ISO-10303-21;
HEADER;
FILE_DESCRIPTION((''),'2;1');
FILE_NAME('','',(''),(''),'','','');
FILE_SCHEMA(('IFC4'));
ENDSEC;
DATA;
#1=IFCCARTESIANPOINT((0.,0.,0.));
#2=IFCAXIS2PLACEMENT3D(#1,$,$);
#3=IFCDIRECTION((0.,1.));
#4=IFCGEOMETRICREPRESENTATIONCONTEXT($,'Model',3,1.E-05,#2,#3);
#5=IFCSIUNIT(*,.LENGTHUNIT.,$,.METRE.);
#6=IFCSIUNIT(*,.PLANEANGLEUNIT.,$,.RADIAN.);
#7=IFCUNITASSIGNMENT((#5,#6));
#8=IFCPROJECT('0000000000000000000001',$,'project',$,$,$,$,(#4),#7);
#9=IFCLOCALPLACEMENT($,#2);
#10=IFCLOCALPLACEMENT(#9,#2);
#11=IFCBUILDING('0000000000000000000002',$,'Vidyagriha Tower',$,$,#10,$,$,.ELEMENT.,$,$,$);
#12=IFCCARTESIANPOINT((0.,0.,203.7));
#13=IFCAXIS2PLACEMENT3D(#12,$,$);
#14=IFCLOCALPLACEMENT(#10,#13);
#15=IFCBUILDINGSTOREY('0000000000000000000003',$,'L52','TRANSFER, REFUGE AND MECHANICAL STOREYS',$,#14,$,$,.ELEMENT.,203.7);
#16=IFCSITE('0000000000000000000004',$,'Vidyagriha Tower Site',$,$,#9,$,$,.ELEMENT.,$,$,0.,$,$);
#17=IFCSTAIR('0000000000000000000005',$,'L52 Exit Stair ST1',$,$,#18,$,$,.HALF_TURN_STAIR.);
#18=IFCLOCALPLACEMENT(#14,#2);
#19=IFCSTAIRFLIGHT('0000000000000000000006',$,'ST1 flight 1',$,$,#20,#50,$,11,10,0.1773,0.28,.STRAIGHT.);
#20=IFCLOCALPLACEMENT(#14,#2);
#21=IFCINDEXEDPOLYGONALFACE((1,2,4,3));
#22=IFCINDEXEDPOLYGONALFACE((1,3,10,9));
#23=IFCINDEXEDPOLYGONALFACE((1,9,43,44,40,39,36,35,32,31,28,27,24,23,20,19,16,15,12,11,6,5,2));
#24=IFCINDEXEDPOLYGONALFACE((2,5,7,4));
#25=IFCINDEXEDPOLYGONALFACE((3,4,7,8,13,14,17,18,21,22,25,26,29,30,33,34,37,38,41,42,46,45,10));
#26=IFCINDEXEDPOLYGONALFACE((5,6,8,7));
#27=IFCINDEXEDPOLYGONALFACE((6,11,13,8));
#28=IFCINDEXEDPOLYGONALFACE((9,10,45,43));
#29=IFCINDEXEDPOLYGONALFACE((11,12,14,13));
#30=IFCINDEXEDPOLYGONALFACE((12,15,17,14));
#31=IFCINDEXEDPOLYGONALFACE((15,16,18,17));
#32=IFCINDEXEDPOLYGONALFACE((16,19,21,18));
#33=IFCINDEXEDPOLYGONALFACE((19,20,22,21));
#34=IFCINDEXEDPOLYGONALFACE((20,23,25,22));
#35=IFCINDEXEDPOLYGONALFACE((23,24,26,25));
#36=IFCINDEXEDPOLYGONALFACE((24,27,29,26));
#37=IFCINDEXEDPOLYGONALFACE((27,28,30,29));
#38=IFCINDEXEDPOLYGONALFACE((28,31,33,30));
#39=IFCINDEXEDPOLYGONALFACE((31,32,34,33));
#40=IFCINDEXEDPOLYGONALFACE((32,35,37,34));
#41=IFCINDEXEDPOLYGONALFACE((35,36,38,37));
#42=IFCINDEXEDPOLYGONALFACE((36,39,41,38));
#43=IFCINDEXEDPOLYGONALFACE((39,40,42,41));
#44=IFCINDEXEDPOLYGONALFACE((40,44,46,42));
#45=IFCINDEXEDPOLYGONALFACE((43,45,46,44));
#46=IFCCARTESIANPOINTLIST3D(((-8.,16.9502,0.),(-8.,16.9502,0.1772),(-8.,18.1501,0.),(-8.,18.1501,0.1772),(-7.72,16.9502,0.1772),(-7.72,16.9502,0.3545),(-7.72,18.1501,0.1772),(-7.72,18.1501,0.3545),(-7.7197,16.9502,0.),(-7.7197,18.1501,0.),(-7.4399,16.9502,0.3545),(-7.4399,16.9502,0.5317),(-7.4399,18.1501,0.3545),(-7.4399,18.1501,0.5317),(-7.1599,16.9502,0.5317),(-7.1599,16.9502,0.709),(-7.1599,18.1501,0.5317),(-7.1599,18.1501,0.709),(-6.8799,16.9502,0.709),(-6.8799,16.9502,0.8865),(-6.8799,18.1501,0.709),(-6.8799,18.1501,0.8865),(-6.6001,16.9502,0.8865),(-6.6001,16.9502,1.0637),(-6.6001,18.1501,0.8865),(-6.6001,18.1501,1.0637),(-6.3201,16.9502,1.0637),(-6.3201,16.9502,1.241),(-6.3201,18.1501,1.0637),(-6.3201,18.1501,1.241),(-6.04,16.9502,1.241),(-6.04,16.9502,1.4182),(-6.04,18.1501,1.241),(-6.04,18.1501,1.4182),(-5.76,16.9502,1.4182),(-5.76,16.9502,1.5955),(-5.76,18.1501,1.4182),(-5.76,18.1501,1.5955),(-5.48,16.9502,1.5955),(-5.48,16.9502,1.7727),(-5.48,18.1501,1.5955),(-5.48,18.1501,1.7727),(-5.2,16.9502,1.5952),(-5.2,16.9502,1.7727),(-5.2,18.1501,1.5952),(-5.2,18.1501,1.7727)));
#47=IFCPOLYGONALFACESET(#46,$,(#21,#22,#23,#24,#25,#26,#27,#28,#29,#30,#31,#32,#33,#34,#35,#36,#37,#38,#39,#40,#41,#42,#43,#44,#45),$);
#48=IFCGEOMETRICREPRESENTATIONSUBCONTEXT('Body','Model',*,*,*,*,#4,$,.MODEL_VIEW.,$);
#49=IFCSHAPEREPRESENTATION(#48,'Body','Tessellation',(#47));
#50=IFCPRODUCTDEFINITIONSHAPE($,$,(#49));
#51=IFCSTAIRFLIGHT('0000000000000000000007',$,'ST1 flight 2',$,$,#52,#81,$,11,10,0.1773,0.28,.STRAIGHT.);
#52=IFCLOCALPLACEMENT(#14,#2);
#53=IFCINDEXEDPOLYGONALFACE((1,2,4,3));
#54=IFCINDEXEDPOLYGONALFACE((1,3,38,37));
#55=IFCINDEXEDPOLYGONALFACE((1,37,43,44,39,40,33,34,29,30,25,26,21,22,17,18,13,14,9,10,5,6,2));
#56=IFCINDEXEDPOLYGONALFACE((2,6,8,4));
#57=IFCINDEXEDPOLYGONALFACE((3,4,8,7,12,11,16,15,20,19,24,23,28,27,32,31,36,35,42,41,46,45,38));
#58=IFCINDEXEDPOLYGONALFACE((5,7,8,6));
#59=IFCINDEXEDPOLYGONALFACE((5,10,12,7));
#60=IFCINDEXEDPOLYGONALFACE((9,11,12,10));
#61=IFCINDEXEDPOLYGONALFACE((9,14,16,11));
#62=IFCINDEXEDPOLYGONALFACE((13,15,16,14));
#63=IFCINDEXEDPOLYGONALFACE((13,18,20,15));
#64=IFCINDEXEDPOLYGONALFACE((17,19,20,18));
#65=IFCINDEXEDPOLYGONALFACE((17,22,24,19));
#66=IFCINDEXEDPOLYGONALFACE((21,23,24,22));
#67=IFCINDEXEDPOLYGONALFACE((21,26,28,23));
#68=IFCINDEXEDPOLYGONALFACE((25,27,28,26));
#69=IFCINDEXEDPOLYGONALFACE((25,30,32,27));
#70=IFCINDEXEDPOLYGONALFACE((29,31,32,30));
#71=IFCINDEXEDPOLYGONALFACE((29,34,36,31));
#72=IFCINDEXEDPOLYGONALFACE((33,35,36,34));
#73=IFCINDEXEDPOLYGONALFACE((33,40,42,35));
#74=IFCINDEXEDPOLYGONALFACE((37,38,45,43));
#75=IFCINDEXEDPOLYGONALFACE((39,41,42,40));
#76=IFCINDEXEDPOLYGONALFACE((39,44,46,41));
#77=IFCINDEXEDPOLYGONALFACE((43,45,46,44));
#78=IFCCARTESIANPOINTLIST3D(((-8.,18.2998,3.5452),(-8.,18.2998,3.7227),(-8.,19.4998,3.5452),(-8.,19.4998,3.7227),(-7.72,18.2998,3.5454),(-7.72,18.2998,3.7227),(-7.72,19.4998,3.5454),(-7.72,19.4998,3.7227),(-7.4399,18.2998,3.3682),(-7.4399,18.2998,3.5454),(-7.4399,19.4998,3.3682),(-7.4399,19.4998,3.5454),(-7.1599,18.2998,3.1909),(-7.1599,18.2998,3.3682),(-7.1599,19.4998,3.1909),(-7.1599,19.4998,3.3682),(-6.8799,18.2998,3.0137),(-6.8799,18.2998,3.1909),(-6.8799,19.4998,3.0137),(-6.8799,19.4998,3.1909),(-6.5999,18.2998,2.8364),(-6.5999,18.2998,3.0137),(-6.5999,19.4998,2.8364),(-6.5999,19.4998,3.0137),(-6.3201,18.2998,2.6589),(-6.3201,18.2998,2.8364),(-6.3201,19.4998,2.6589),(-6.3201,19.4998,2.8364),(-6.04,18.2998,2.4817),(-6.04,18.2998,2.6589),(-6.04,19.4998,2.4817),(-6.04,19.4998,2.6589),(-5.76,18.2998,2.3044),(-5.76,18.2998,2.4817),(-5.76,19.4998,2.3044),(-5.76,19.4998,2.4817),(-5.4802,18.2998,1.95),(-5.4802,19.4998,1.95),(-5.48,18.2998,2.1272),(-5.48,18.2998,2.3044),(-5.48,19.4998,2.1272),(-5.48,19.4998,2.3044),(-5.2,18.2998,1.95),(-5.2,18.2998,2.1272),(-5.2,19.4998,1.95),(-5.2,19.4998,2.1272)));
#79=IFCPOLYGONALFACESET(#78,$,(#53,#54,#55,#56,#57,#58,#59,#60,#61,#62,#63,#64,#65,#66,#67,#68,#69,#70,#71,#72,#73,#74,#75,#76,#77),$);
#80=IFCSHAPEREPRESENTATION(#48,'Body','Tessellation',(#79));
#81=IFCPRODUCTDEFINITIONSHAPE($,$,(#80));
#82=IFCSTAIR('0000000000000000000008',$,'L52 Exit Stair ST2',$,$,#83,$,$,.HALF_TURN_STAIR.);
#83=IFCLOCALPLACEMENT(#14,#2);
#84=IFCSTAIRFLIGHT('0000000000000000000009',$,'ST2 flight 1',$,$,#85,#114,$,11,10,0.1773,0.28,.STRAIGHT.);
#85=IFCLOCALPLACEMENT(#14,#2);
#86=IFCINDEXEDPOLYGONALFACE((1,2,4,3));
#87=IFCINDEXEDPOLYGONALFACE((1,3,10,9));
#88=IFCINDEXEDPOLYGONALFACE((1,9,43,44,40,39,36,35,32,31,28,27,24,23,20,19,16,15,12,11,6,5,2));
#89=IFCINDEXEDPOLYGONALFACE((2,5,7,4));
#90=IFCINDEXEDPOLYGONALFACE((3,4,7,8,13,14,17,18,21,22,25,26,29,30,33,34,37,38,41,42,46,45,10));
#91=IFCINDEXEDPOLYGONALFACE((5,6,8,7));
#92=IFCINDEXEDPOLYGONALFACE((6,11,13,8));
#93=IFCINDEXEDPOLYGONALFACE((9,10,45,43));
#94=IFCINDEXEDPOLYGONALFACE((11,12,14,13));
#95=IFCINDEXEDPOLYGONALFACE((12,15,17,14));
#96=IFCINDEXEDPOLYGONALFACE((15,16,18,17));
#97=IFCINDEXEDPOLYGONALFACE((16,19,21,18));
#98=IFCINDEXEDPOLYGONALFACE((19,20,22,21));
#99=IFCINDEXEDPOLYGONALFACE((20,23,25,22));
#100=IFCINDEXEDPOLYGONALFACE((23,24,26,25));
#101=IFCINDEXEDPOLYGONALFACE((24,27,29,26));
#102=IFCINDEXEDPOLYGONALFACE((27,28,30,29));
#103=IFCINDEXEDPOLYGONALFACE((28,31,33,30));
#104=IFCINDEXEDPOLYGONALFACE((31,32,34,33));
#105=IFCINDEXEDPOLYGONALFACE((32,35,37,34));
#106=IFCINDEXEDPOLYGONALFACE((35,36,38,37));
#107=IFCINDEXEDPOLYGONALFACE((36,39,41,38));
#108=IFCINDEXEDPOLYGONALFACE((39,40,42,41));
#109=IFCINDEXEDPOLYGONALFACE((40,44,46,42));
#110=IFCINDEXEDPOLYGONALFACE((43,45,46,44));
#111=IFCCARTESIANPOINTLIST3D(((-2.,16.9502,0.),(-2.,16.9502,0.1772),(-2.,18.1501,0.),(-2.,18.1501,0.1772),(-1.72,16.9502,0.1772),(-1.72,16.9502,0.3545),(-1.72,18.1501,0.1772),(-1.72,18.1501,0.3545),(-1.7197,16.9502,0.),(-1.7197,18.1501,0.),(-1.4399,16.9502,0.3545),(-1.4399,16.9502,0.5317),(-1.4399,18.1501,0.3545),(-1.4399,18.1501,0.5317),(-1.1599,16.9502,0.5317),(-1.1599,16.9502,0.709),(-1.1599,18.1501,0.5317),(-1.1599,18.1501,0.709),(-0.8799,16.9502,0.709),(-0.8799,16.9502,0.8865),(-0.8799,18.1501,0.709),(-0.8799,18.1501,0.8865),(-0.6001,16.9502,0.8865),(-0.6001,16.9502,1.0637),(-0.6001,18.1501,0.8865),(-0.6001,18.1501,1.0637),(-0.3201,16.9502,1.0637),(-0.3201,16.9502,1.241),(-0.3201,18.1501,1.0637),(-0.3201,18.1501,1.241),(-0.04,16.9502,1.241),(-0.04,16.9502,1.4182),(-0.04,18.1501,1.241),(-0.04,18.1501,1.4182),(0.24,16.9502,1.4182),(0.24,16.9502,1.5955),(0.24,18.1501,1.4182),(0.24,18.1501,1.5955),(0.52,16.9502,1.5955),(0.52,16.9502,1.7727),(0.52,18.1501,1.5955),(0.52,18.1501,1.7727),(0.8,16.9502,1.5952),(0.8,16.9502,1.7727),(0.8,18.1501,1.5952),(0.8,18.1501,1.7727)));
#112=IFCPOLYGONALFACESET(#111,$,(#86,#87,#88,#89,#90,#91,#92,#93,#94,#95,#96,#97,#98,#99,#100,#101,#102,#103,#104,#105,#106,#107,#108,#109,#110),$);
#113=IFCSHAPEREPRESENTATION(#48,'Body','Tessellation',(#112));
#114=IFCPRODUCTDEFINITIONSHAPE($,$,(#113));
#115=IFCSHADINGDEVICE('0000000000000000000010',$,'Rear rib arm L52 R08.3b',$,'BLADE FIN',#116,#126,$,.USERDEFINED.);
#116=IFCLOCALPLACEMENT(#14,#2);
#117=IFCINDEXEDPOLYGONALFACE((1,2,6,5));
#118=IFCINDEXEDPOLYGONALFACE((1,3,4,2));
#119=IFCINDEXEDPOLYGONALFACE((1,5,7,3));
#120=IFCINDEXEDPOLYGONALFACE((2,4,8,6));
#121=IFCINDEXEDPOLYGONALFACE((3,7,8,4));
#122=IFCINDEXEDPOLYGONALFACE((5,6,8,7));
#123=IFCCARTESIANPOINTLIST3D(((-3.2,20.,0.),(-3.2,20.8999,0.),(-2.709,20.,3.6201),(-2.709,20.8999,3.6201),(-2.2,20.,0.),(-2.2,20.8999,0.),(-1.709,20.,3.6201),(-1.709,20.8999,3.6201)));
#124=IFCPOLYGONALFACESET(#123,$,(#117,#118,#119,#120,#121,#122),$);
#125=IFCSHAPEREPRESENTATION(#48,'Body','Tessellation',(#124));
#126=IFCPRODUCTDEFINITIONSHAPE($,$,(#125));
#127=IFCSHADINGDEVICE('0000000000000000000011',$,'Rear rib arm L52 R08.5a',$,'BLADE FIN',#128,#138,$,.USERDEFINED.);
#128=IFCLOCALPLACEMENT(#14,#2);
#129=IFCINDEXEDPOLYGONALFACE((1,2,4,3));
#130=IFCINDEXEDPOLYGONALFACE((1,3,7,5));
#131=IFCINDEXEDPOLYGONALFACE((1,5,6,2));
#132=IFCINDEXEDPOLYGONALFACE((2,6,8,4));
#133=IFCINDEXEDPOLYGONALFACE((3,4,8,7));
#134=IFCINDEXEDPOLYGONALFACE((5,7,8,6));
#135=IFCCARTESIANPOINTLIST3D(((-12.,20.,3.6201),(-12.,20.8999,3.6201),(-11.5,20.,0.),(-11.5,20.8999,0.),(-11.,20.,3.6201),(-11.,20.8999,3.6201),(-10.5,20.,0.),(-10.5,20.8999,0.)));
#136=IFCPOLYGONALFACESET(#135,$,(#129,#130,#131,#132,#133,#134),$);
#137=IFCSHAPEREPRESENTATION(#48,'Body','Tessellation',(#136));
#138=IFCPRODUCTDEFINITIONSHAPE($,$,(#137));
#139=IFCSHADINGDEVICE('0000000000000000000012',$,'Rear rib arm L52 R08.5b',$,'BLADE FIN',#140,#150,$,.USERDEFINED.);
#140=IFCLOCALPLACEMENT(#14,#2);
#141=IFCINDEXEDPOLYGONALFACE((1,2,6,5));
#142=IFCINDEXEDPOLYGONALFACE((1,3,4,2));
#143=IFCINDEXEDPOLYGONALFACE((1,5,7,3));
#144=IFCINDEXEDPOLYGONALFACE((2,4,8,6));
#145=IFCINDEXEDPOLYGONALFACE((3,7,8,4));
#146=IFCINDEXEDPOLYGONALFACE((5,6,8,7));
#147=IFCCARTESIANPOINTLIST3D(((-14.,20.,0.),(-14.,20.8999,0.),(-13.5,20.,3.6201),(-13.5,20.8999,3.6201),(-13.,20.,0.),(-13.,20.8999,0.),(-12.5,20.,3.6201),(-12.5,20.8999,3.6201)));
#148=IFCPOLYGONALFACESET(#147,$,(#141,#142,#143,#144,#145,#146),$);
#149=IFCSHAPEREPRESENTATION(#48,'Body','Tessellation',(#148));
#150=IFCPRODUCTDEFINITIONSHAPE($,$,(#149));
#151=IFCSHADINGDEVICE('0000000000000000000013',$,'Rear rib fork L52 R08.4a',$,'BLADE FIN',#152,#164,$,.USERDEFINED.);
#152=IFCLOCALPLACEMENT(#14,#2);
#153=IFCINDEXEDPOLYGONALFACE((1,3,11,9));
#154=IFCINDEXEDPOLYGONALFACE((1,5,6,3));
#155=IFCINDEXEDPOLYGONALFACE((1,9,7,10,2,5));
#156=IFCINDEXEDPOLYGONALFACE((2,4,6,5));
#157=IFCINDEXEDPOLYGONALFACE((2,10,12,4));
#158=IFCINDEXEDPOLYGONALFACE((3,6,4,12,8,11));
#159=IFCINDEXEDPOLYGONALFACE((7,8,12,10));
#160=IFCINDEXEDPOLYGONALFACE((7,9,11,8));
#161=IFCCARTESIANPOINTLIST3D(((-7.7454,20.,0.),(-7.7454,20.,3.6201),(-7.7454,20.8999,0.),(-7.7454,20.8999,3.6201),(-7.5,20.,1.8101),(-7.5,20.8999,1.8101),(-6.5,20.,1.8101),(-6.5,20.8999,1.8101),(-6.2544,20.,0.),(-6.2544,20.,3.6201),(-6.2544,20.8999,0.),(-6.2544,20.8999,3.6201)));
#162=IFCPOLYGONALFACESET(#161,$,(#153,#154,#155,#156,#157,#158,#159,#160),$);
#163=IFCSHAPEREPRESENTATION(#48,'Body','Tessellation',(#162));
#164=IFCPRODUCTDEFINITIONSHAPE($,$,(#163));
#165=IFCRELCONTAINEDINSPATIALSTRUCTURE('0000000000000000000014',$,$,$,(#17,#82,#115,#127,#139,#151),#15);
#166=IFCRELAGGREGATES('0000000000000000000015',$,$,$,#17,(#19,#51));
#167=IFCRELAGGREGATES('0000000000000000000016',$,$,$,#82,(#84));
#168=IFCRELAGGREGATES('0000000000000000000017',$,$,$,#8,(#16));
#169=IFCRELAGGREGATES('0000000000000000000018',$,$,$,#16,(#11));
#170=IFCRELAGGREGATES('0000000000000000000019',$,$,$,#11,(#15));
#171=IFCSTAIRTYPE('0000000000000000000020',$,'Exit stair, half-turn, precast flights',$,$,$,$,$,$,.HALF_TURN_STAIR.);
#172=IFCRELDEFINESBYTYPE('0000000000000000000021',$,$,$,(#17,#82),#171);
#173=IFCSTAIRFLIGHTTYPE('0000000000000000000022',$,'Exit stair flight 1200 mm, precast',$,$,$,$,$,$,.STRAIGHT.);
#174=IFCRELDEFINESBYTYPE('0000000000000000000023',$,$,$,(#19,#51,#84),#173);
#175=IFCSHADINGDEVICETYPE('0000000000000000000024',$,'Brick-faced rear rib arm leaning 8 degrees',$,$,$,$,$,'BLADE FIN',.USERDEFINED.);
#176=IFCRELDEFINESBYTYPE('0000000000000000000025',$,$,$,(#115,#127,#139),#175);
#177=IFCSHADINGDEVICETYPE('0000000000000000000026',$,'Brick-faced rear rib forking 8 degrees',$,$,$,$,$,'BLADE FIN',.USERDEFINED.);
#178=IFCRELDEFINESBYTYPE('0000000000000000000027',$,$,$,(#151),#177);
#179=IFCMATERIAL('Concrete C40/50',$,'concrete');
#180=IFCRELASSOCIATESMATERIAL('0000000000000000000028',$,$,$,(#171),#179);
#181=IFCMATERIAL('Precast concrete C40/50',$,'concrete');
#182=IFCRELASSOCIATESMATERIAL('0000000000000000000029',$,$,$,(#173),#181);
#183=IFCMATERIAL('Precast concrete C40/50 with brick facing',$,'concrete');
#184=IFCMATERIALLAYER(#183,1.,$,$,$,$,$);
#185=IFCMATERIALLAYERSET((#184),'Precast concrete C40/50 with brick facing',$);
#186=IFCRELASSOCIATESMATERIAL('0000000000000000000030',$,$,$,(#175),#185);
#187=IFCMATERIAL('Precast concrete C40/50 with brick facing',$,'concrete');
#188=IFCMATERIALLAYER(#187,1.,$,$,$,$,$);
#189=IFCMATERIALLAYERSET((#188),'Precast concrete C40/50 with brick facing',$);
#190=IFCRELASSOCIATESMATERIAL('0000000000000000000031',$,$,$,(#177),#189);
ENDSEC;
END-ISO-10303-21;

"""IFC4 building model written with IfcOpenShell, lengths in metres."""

from ifc_helpers import new_model, si_unit, direction, frame, origin, place, context, subcontext, project, spatial, polyline, outline, extrude, material, layer, layer_set, type_object, element, aggregate, save


model = new_model("IFC4")

# Units and contexts
model_context = context("Model", 3, precision=1e-05, world=origin(), true_north=direction((0.0, 1.0)))
body_context = subcontext(model_context, "Body", "Model", "MODEL_VIEW")
ifc_project = project(units=[si_unit("LENGTHUNIT", "METRE"), si_unit("PLANEANGLEUNIT", "RADIAN")], contexts=[model_context])

# Site, building, storey
site_placement = place(None, origin())
site = spatial("IfcSite", under=ifc_project, at=site_placement, Name="Vidyagriha Tower Site", CompositionType="ELEMENT", RefElevation=0.0)
building_placement = place(site_placement, origin())
building = spatial("IfcBuilding", under=site, at=building_placement, Name="Vidyagriha Tower", CompositionType="ELEMENT")
storey_placement = place(building_placement, frame((0.0, 0.0, 203.7)))
storey = spatial("IfcBuildingStorey", under=building, at=storey_placement, Name="L52", Description="TRANSFER, REFUGE AND MECHANICAL STOREYS", CompositionType="ELEMENT", Elevation=203.7)

# Stair, stair flights
ifc_material_1 = material(Name="Concrete C40/50", Category="concrete")
stair_type = type_object("IfcStairType", Name="Exit stair, half-turn, precast flights", PredefinedType="HALF_TURN_STAIR", material=ifc_material_1)
stair_1_placement = place(storey_placement, origin())
stair_1 = element("IfcStair", 1, at=stair_1_placement, inside=storey, type_object=stair_type, Name="L52 Exit Stair ST1", PredefinedType="HALF_TURN_STAIR")
ifc_material_2 = material(Name="Precast concrete C40/50", Category="concrete")
stair_flight_type = type_object("IfcStairFlightType", Name="Exit stair flight 1200 mm, precast", PredefinedType="STRAIGHT", material=ifc_material_2)
stair_flight_1_placement = place(storey_placement, frame((-8.0, 17.55, 0.0)))
stair_flight_1 = element("IfcStairFlight", 2, at=stair_flight_1_placement, type_object=stair_flight_type, Name="ST1 flight 1", NumberOfRisers=11, NumberOfTreads=10, PredefinedType="STRAIGHT", RiserHeight=0.1773, TreadLength=0.28, context=body_context, shape_type="SweptSolid", body=[
    extrude(outline(polyline([(0.0, 0.0), (0.0, 0.1772), (0.28, 0.1772), (0.28, 0.3545), (0.5601, 0.3545), (0.5601, 0.5317), (0.8401, 0.5317), (0.8401, 0.709), (1.1201, 0.709), (1.1201, 0.8865), (1.3999, 0.8865), (1.3999, 1.0637), (1.6799, 1.0637), (1.6799, 1.241), (1.96, 1.241), (1.96, 1.4182), (2.24, 1.4182), (2.24, 1.5955), (2.52, 1.5955), (2.52, 1.7727), (2.8, 1.7727), (2.8, 1.95), (2.8, 1.5952), (0.2803, 0.0), (0.0, 0.0)])), frame((0.0, 0.6001, 0.0), z_axis=(0.0, -1.0, 0.0), x_axis=(1.0, 0.0, 0.0)), (0.0, 0.0, 1.0), 1.2),
])
stair_flight_2_placement = place(storey_placement, frame((-5.2, 18.8999, 1.95), z_axis=(0.0, 0.0, 1.0), x_axis=(-1.0, 0.0, 0.0)))
stair_flight_2 = element("IfcStairFlight", 3, at=stair_flight_2_placement, type_object=stair_flight_type, Name="ST1 flight 2", NumberOfRisers=11, NumberOfTreads=10, PredefinedType="STRAIGHT", RiserHeight=0.1773, TreadLength=0.28, context=body_context, shape_type="SweptSolid", body=[
    extrude(outline(polyline([(0.0, 0.0), (0.0, 0.1772), (0.28, 0.1772), (0.28, 0.3545), (0.5601, 0.3545), (0.5601, 0.5317), (0.8401, 0.5317), (0.8401, 0.709), (1.1201, 0.709), (1.1201, 0.8865), (1.3999, 0.8865), (1.3999, 1.0637), (1.6799, 1.0637), (1.6799, 1.241), (1.96, 1.241), (1.96, 1.4182), (2.24, 1.4182), (2.24, 1.5955), (2.52, 1.5955), (2.52, 1.7727), (2.8, 1.7727), (2.8, 1.95), (2.8, 1.5952), (0.2803, 0.0), (0.0, 0.0)])), frame((0.0, 0.6001, 0.0), z_axis=(0.0, -1.0, 0.0), x_axis=(1.0, 0.0, 0.0)), (0.0, 0.0, 1.0), 1.2),
])
aggregate(stair_1, [stair_flight_1, stair_flight_2])

# Stair, stair flight
stair_2_placement = place(storey_placement, origin())
stair_2 = element("IfcStair", 4, at=stair_2_placement, inside=storey, type_object=stair_type, Name="L52 Exit Stair ST2", PredefinedType="HALF_TURN_STAIR")
stair_flight_3_placement = place(storey_placement, frame((-2.0, 17.55, 0.0)))
stair_flight_3 = element("IfcStairFlight", 5, at=stair_flight_3_placement, type_object=stair_flight_type, Name="ST2 flight 1", NumberOfRisers=11, NumberOfTreads=10, PredefinedType="STRAIGHT", RiserHeight=0.1773, TreadLength=0.28, context=body_context, shape_type="SweptSolid", body=[
    extrude(outline(polyline([(0.0, 0.0), (0.0, 0.1772), (0.28, 0.1772), (0.28, 0.3545), (0.5601, 0.3545), (0.5601, 0.5317), (0.8401, 0.5317), (0.8401, 0.709), (1.1201, 0.709), (1.1201, 0.8865), (1.3999, 0.8865), (1.3999, 1.0637), (1.6799, 1.0637), (1.6799, 1.241), (1.96, 1.241), (1.96, 1.4182), (2.24, 1.4182), (2.24, 1.5955), (2.52, 1.5955), (2.52, 1.7727), (2.8, 1.7727), (2.8, 1.95), (2.8, 1.5952), (0.2803, 0.0), (0.0, 0.0)])), frame((0.0, 0.6001, 0.0), z_axis=(0.0, -1.0, 0.0), x_axis=(1.0, 0.0, 0.0)), (0.0, 0.0, 1.0), 1.2),
])
aggregate(stair_2, [stair_flight_3])

# Shading devices
ifc_material_3 = material(Name="Precast concrete C40/50 with brick facing", Category="concrete")
ifc_layer_1 = layer(ifc_material_3, 1.0)
ifc_layer_set_1 = layer_set([ifc_layer_1], Name="Precast concrete C40/50 with brick facing")
shading_device_type_1 = type_object("IfcShadingDeviceType", Name="Brick-faced rear rib arm leaning 8 degrees", ElementType="BLADE FIN", PredefinedType="USERDEFINED", material=ifc_layer_set_1)
shading_device_1_placement = place(storey_placement, frame((-1.709, 20.45, 0.0), z_axis=(0.0, 0.0, 1.0), x_axis=(-1.0, 0.0, 0.0)))
element("IfcShadingDevice", 6, at=shading_device_1_placement, inside=storey, type_object=shading_device_type_1, Name="Rear rib arm L52 R08.3b", ObjectType="BLADE FIN", PredefinedType="USERDEFINED", context=body_context, shape_type="SweptSolid", body=[
    extrude(outline(polyline([(0.491, 0.0), (1.491, 0.0), (1.0, 3.6201), (0.0, 3.6201), (0.491, 0.0)])), frame((0.0, 0.45, 0.0), z_axis=(0.0, -1.0, 0.0), x_axis=(1.0, 0.0, 0.0)), (0.0, 0.0, 1.0), 0.8999),
])
shading_device_2_placement = place(storey_placement, frame((-10.5, 20.45, 0.0), z_axis=(0.0, 0.0, 1.0), x_axis=(-1.0, 0.0, 0.0)))
element("IfcShadingDevice", 7, at=shading_device_2_placement, inside=storey, type_object=shading_device_type_1, Name="Rear rib arm L52 R08.5a", ObjectType="BLADE FIN", PredefinedType="USERDEFINED", context=body_context, shape_type="SweptSolid", body=[
    extrude(outline(polyline([(0.0, 0.0), (1.0, 0.0), (1.5, 3.6201), (0.5, 3.6201), (0.0, 0.0)])), frame((0.0, 0.45, 0.0), z_axis=(0.0, -1.0, 0.0), x_axis=(1.0, 0.0, 0.0)), (0.0, 0.0, 1.0), 0.8999),
])
shading_device_3_placement = place(storey_placement, frame((-12.5, 20.45, 0.0), z_axis=(0.0, 0.0, 1.0), x_axis=(-1.0, 0.0, 0.0)))
element("IfcShadingDevice", 8, at=shading_device_3_placement, inside=storey, type_object=shading_device_type_1, Name="Rear rib arm L52 R08.5b", ObjectType="BLADE FIN", PredefinedType="USERDEFINED", context=body_context, shape_type="SweptSolid", body=[
    extrude(outline(polyline([(0.5, 0.0), (1.5, 0.0), (1.0, 3.6201), (0.0, 3.6201), (0.5, 0.0)])), frame((0.0, 0.45, 0.0), z_axis=(0.0, -1.0, 0.0), x_axis=(1.0, 0.0, 0.0)), (0.0, 0.0, 1.0), 0.8999),
])
ifc_material_4 = material(Name="Precast concrete C40/50 with brick facing", Category="concrete")
ifc_layer_2 = layer(ifc_material_4, 1.0)
ifc_layer_set_2 = layer_set([ifc_layer_2], Name="Precast concrete C40/50 with brick facing")
shading_device_type_2 = type_object("IfcShadingDeviceType", Name="Brick-faced rear rib forking 8 degrees", ElementType="BLADE FIN", PredefinedType="USERDEFINED", material=ifc_layer_set_2)
shading_device_4_placement = place(storey_placement, frame((-6.2544, 20.45, 0.0), z_axis=(0.0, 0.0, 1.0), x_axis=(-1.0, 0.0, 0.0)))
element("IfcShadingDevice", 9, at=shading_device_4_placement, inside=storey, type_object=shading_device_type_2, Name="Rear rib fork L52 R08.4a", ObjectType="BLADE FIN", PredefinedType="USERDEFINED", context=body_context, shape_type="SweptSolid", body=[
    extrude(outline(polyline([(0.0, 0.0), (1.491, 0.0), (1.2456, 1.8101), (1.491, 3.6201), (0.0, 3.6201), (0.2456, 1.8101), (0.0, 0.0)])), frame((0.0, 0.45, 0.0), z_axis=(0.0, -1.0, 0.0), x_axis=(1.0, 0.0, 0.0)), (0.0, 0.0, 1.0), 0.8999),
])

save(model, "model.ifc")
